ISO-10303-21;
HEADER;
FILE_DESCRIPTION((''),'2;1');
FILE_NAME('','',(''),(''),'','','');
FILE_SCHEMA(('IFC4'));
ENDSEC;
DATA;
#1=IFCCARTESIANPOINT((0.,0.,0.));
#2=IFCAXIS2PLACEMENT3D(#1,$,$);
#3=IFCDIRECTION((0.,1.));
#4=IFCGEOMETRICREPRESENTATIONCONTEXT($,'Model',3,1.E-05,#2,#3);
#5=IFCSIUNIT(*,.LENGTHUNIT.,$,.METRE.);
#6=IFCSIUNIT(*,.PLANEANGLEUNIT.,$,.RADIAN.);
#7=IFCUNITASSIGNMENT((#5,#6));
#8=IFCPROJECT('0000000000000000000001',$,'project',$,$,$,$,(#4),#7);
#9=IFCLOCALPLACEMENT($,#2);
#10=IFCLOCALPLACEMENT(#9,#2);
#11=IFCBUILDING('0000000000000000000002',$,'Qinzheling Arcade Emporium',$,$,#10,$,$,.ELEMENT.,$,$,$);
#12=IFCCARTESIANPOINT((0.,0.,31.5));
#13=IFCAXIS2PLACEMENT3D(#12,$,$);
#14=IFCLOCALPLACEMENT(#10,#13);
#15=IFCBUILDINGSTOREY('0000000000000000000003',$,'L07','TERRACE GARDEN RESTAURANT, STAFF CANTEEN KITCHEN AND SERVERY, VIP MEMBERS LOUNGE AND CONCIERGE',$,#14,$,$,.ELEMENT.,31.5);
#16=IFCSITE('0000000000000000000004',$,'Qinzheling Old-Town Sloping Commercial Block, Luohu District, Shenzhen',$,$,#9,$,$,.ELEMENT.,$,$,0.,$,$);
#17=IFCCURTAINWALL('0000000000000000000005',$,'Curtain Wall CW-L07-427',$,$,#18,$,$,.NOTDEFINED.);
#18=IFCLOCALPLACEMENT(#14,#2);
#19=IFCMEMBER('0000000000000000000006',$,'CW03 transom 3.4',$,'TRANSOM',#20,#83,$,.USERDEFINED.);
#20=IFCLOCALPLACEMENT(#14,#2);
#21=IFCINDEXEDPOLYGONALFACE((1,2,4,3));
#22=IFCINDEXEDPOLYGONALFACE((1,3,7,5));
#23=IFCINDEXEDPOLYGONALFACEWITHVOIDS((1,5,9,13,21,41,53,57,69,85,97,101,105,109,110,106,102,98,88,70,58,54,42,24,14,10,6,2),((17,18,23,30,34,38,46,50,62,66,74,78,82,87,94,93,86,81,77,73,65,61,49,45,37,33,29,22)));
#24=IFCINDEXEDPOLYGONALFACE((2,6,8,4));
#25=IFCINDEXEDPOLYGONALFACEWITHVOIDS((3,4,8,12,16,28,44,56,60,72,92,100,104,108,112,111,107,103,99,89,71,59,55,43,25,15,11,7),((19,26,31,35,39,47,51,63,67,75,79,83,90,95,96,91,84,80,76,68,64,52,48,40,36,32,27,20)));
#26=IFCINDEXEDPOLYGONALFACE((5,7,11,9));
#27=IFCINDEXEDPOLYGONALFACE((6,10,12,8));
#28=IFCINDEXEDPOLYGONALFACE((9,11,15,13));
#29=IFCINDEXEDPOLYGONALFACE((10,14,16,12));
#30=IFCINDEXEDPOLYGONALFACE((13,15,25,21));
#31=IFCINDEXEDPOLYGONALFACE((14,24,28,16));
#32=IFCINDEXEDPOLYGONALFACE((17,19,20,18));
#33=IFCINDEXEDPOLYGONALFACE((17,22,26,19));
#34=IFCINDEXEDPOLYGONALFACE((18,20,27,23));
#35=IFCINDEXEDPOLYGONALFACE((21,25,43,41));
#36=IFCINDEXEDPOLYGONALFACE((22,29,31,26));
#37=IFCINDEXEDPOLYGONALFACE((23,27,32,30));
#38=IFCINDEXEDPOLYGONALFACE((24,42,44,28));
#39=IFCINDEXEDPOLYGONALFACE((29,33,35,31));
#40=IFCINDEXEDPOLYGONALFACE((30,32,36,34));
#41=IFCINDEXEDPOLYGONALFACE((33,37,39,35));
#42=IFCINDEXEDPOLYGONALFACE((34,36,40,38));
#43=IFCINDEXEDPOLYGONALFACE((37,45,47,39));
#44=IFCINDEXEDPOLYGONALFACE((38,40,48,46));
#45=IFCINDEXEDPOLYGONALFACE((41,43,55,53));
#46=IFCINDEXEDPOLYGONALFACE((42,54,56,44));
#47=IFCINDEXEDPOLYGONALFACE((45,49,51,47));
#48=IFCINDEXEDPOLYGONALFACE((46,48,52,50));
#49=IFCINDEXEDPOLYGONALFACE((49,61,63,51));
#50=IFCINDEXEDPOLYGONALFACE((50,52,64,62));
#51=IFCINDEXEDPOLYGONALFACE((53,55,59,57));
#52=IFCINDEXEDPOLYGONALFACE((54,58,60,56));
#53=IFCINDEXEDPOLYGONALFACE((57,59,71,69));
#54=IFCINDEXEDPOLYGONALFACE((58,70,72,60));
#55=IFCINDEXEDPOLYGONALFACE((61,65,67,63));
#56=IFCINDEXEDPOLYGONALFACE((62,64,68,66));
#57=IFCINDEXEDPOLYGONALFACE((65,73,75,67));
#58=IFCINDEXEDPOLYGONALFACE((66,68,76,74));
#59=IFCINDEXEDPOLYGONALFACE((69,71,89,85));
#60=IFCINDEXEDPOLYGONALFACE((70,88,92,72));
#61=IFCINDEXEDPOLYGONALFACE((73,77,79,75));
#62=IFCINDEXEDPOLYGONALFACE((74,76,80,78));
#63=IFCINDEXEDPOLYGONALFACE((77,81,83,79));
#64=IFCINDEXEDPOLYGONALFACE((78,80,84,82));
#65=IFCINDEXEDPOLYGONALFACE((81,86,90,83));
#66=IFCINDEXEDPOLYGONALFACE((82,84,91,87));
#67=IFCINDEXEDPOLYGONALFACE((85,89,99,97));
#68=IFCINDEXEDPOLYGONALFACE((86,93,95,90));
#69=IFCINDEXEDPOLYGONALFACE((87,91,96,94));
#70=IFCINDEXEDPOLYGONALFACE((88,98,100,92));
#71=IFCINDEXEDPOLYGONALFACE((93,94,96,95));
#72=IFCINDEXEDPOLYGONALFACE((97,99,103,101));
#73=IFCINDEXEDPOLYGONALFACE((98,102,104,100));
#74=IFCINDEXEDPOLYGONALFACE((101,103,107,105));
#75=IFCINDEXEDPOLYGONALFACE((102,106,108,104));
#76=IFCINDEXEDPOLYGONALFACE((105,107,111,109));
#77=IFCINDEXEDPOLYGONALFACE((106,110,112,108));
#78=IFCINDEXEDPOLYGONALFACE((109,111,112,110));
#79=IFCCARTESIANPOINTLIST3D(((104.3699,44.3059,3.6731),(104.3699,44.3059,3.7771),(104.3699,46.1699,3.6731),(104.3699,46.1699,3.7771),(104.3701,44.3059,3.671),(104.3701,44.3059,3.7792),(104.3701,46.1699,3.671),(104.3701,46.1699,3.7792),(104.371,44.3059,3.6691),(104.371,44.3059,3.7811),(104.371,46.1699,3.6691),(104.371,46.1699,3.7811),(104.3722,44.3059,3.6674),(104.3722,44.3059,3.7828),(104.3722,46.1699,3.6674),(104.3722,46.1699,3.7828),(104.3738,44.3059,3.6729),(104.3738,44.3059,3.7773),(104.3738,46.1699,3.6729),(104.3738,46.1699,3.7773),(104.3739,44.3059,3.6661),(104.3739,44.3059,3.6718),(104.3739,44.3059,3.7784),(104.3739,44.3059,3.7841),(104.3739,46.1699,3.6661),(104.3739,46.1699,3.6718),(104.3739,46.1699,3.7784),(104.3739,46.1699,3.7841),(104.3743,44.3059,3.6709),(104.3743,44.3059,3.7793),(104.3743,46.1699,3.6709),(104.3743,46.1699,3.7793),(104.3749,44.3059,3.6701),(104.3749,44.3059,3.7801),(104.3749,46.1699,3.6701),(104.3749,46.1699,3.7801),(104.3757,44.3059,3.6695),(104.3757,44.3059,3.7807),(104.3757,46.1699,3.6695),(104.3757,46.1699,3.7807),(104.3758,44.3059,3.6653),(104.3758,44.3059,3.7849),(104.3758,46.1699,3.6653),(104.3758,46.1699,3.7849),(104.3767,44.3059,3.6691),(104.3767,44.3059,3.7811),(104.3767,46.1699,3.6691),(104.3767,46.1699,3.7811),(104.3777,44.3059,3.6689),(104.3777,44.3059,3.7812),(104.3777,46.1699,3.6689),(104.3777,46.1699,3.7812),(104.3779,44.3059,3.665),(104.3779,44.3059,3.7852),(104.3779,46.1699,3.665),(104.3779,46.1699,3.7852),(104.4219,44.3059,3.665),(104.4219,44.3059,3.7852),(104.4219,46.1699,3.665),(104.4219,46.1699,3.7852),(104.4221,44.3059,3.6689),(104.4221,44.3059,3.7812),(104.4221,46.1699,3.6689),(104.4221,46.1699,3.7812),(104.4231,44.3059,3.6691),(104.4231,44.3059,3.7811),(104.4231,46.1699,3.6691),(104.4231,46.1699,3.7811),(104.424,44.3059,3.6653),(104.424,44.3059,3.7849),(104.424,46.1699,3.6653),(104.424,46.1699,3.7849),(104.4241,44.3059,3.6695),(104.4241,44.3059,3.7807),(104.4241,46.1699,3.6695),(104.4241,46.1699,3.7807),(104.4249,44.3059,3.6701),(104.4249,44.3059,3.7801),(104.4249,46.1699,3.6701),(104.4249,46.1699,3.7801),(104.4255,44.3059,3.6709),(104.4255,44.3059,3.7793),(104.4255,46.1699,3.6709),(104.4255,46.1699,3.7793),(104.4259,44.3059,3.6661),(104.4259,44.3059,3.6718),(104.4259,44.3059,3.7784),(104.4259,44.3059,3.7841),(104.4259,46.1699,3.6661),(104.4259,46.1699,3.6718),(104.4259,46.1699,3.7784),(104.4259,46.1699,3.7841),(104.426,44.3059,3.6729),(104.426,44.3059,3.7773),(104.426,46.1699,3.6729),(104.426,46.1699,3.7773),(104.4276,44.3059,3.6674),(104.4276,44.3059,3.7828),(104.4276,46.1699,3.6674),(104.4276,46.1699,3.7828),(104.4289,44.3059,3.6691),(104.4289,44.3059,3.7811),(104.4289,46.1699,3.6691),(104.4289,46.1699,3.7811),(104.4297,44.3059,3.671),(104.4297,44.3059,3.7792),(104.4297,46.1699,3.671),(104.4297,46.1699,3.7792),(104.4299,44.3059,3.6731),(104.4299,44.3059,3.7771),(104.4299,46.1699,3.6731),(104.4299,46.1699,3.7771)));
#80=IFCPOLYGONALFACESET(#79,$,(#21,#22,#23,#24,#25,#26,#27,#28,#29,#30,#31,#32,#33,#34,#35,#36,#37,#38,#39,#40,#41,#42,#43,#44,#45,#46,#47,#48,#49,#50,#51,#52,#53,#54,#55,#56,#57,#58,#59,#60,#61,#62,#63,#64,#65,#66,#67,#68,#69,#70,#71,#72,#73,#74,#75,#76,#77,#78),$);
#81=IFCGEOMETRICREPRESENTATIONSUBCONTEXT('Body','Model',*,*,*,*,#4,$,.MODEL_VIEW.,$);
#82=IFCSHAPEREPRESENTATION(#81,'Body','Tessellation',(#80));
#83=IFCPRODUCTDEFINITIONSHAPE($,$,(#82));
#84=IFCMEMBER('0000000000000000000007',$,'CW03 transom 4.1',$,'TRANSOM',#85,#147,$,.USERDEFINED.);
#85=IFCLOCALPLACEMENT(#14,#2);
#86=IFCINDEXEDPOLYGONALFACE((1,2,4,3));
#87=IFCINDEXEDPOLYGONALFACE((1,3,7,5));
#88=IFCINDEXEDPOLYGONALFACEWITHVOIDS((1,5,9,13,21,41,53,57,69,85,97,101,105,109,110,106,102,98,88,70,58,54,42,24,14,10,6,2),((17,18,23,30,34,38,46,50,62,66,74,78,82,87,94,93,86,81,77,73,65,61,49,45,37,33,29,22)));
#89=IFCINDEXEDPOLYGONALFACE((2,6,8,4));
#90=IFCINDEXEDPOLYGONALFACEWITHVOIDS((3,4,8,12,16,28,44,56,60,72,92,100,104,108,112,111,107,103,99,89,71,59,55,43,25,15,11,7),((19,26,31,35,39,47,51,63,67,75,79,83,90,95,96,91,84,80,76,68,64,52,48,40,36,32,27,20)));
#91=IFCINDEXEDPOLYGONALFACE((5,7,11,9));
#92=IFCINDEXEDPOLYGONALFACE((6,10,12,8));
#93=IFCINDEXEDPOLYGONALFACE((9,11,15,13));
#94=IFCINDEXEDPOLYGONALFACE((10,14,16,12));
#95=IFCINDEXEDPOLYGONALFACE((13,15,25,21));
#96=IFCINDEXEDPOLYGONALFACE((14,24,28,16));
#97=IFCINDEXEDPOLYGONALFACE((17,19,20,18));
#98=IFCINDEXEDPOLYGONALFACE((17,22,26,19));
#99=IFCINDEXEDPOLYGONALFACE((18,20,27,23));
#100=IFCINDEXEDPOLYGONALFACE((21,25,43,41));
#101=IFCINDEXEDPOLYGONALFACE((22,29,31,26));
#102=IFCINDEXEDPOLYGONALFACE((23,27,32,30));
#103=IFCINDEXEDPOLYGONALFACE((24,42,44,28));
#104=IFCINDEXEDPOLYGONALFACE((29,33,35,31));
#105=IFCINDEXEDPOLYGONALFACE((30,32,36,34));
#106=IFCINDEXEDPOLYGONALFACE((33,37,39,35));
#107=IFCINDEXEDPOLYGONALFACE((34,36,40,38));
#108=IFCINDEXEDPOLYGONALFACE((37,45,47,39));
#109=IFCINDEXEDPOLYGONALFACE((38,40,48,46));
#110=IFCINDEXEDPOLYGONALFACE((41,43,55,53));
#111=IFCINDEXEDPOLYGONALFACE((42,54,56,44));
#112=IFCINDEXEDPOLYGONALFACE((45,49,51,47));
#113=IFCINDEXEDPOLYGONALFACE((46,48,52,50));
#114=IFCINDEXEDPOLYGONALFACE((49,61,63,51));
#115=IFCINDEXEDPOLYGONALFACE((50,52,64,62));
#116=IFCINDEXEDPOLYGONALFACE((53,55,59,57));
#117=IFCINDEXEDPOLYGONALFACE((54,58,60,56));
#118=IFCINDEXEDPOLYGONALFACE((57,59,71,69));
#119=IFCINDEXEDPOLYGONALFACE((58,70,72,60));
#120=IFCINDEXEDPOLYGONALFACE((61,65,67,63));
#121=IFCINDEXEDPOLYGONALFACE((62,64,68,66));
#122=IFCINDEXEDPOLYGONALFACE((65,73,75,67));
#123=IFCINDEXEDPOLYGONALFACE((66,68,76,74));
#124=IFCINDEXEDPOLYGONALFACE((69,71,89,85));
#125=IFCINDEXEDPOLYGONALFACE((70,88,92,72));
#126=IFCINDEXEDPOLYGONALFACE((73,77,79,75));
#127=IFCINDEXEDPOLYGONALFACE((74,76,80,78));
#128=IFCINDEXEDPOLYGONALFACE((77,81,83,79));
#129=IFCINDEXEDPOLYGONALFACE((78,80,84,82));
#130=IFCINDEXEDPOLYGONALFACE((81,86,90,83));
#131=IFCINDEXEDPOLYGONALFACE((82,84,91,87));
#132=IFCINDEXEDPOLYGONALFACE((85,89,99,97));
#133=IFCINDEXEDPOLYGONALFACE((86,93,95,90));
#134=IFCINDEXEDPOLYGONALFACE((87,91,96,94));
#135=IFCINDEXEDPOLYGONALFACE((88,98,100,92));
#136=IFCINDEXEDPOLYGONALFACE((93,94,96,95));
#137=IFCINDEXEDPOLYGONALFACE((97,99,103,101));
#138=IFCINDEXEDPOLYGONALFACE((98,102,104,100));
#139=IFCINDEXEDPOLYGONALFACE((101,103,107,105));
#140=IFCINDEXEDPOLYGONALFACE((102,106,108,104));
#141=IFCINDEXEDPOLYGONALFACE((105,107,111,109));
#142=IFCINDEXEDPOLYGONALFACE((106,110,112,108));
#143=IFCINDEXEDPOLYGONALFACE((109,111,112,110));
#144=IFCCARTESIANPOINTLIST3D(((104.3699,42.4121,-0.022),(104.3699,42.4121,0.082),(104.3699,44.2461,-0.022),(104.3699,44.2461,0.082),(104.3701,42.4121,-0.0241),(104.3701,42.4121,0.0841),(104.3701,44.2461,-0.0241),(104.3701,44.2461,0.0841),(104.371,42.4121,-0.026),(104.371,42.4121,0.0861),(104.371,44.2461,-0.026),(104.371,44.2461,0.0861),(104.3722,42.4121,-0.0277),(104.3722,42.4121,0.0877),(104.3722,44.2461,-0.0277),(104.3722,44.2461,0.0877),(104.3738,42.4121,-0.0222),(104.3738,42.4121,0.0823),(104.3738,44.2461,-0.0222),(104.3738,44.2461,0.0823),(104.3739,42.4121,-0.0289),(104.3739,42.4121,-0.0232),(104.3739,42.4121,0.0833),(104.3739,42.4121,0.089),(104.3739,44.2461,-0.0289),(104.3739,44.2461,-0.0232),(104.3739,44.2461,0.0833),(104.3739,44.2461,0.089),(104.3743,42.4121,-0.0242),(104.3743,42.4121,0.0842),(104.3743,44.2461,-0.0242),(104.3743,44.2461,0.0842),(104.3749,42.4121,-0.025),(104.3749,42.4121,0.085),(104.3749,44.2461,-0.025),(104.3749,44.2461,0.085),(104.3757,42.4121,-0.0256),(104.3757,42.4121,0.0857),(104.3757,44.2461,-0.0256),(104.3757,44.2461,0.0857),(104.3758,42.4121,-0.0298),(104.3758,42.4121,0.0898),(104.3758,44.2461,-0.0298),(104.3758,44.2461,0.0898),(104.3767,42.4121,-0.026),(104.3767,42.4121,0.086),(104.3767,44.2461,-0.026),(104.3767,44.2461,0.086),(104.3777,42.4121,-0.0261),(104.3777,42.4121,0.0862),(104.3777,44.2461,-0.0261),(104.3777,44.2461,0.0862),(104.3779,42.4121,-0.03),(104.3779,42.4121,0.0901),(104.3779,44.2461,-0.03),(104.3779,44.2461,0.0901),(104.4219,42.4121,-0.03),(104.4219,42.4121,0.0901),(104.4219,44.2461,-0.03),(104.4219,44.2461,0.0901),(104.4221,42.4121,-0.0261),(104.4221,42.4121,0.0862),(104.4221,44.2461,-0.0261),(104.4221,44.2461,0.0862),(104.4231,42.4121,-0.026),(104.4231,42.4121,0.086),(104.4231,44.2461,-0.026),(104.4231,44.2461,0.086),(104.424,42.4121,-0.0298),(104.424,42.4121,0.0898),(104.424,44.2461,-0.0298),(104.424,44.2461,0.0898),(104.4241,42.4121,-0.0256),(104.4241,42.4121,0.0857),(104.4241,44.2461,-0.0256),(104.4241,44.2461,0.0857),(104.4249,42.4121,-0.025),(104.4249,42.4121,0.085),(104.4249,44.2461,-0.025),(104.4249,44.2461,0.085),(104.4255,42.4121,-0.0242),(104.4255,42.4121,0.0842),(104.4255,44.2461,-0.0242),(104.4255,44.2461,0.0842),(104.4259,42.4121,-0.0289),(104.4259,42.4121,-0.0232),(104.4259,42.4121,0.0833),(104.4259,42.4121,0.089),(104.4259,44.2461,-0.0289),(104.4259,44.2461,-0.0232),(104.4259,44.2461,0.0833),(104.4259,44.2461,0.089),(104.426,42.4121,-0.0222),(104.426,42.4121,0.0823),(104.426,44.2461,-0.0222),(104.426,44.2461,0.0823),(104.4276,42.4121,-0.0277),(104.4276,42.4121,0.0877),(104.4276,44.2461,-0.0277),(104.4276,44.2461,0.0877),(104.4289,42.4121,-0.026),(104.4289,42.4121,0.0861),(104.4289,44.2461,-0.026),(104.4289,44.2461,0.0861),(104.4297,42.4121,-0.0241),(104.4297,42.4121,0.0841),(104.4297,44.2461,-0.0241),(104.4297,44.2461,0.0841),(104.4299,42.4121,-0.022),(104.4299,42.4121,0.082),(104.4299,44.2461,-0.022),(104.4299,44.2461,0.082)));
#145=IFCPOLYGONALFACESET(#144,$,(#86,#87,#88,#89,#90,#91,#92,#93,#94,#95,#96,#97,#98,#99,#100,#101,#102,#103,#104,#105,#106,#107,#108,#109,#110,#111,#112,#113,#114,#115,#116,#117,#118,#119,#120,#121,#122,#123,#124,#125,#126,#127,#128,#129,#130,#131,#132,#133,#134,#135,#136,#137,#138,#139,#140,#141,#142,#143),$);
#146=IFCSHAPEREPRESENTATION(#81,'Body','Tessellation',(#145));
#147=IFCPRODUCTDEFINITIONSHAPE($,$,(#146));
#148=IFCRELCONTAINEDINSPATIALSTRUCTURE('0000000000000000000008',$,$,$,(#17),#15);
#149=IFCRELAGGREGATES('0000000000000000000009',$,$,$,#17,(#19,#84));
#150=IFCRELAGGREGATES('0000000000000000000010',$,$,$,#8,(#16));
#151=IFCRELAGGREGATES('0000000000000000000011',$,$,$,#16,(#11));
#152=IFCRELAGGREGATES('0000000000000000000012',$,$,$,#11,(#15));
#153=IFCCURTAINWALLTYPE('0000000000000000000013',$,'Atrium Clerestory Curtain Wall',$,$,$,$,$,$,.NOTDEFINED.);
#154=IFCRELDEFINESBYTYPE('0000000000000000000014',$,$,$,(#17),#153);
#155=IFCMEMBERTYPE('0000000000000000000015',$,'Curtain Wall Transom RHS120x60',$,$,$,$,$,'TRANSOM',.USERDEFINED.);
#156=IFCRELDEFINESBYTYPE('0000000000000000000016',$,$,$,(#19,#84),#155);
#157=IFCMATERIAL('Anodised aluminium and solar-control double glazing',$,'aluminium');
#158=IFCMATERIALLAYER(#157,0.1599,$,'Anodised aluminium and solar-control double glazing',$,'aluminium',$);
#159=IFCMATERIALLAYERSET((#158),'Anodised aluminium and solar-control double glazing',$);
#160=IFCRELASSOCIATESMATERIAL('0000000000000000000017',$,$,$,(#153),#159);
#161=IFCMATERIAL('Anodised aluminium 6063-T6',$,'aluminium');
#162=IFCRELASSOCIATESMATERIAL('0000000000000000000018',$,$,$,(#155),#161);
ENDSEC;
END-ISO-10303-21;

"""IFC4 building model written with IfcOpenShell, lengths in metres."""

from ifc_helpers import new_model, si_unit, direction, frame, origin, origin_2d, place, context, subcontext, project, spatial, hollow_rectangle, extrude, material, layer, layer_set, material_profile, profile_set, type_object, element, aggregate, save


model = new_model("IFC4")

# Units and contexts
model_context = context("Model", 3, precision=1e-05, world=origin(), true_north=direction((0.0, 1.0)))
body_context = subcontext(model_context, "Body", "Model", "MODEL_VIEW")
ifc_project = project(units=[si_unit("LENGTHUNIT", "METRE"), si_unit("PLANEANGLEUNIT", "RADIAN")], contexts=[model_context])

# Site, building, storey
site_placement = place(None, origin())
site = spatial("IfcSite", under=ifc_project, at=site_placement, Name="Qinzheling Old-Town Sloping Commercial Block, Luohu District, Shenzhen", CompositionType="ELEMENT", RefElevation=0.0)
building_placement = place(site_placement, origin())
building = spatial("IfcBuilding", under=site, at=building_placement, Name="Qinzheling Arcade Emporium", CompositionType="ELEMENT")
storey_placement = place(building_placement, frame((0.0, 0.0, 31.5)))
storey = spatial("IfcBuildingStorey", under=building, at=storey_placement, Name="L07", Description="TERRACE GARDEN RESTAURANT, STAFF CANTEEN KITCHEN AND SERVERY, VIP MEMBERS LOUNGE AND CONCIERGE", CompositionType="ELEMENT", Elevation=31.5)

# Curtain wall, members
ifc_material_1 = material(Name="Anodised aluminium and solar-control double glazing", Category="aluminium")
ifc_layer_1 = layer(ifc_material_1, 0.1599, Name="Anodised aluminium and solar-control double glazing", Category="aluminium")
ifc_layer_set_1 = layer_set([ifc_layer_1], Name="Anodised aluminium and solar-control double glazing")
curtain_wall_type = type_object("IfcCurtainWallType", Name="Atrium Clerestory Curtain Wall", PredefinedType="NOTDEFINED", material=ifc_layer_set_1)
curtain_wall_placement = place(storey_placement, origin())
curtain_wall = element("IfcCurtainWall", 1, at=curtain_wall_placement, inside=storey, type_object=curtain_wall_type, Name="Curtain Wall CW-L07-427", PredefinedType="NOTDEFINED")
ifc_material_2 = material(Name="Anodised aluminium 6063-T6", Category="aluminium")
ifc_material_profile_1 = material_profile(ifc_material_2, hollow_rectangle(XDim=0.0601, YDim=0.1201, WallThickness=0.0039, InnerFilletRadius=0.0039, OuterFilletRadius=0.0081, at=origin_2d()), Name="RHS 120x60x4", Category="aluminium")
ifc_profile_set_1 = profile_set([ifc_material_profile_1], Name="Anodised aluminium 6063-T6")
member_type_1 = type_object("IfcMemberType", Name="Curtain Wall Transom RHS120x60", ElementType="TRANSOM", PredefinedType="USERDEFINED", material=ifc_profile_set_1)
member_1_placement = place(storey_placement, frame((104.3999, 46.1699, 3.7251), z_axis=(0.0, -1.0, 0.0), x_axis=(1.0, 0.0, 0.0)))
member_1 = element("IfcMember", 2, at=member_1_placement, type_object=member_type_1, Name="CW03 transom 3.4", ObjectType="TRANSOM", PredefinedType="USERDEFINED", context=body_context, shape_type="SweptSolid", body=[
    extrude(hollow_rectangle(XDim=0.0601, YDim=0.1201, WallThickness=0.0039, InnerFilletRadius=0.0039, OuterFilletRadius=0.0081, at=origin_2d()), origin(), (0.0, 0.0, 1.0), 1.864),
])
member_2_placement = place(storey_placement, frame((104.3999, 44.2461, 0.03), z_axis=(0.0, -1.0, 0.0), x_axis=(1.0, 0.0, 0.0)))
member_2 = element("IfcMember", 3, at=member_2_placement, type_object=member_type_1, Name="CW03 transom 4.1", ObjectType="TRANSOM", PredefinedType="USERDEFINED", context=body_context, shape_type="SweptSolid", body=[
    extrude(hollow_rectangle(XDim=0.0601, YDim=0.1201, WallThickness=0.0039, InnerFilletRadius=0.0039, OuterFilletRadius=0.0081, at=origin_2d()), origin(), (0.0, 0.0, 1.0), 1.834),
])

aggregate(curtain_wall, [member_1, member_2])

save(model, "model.ifc")
